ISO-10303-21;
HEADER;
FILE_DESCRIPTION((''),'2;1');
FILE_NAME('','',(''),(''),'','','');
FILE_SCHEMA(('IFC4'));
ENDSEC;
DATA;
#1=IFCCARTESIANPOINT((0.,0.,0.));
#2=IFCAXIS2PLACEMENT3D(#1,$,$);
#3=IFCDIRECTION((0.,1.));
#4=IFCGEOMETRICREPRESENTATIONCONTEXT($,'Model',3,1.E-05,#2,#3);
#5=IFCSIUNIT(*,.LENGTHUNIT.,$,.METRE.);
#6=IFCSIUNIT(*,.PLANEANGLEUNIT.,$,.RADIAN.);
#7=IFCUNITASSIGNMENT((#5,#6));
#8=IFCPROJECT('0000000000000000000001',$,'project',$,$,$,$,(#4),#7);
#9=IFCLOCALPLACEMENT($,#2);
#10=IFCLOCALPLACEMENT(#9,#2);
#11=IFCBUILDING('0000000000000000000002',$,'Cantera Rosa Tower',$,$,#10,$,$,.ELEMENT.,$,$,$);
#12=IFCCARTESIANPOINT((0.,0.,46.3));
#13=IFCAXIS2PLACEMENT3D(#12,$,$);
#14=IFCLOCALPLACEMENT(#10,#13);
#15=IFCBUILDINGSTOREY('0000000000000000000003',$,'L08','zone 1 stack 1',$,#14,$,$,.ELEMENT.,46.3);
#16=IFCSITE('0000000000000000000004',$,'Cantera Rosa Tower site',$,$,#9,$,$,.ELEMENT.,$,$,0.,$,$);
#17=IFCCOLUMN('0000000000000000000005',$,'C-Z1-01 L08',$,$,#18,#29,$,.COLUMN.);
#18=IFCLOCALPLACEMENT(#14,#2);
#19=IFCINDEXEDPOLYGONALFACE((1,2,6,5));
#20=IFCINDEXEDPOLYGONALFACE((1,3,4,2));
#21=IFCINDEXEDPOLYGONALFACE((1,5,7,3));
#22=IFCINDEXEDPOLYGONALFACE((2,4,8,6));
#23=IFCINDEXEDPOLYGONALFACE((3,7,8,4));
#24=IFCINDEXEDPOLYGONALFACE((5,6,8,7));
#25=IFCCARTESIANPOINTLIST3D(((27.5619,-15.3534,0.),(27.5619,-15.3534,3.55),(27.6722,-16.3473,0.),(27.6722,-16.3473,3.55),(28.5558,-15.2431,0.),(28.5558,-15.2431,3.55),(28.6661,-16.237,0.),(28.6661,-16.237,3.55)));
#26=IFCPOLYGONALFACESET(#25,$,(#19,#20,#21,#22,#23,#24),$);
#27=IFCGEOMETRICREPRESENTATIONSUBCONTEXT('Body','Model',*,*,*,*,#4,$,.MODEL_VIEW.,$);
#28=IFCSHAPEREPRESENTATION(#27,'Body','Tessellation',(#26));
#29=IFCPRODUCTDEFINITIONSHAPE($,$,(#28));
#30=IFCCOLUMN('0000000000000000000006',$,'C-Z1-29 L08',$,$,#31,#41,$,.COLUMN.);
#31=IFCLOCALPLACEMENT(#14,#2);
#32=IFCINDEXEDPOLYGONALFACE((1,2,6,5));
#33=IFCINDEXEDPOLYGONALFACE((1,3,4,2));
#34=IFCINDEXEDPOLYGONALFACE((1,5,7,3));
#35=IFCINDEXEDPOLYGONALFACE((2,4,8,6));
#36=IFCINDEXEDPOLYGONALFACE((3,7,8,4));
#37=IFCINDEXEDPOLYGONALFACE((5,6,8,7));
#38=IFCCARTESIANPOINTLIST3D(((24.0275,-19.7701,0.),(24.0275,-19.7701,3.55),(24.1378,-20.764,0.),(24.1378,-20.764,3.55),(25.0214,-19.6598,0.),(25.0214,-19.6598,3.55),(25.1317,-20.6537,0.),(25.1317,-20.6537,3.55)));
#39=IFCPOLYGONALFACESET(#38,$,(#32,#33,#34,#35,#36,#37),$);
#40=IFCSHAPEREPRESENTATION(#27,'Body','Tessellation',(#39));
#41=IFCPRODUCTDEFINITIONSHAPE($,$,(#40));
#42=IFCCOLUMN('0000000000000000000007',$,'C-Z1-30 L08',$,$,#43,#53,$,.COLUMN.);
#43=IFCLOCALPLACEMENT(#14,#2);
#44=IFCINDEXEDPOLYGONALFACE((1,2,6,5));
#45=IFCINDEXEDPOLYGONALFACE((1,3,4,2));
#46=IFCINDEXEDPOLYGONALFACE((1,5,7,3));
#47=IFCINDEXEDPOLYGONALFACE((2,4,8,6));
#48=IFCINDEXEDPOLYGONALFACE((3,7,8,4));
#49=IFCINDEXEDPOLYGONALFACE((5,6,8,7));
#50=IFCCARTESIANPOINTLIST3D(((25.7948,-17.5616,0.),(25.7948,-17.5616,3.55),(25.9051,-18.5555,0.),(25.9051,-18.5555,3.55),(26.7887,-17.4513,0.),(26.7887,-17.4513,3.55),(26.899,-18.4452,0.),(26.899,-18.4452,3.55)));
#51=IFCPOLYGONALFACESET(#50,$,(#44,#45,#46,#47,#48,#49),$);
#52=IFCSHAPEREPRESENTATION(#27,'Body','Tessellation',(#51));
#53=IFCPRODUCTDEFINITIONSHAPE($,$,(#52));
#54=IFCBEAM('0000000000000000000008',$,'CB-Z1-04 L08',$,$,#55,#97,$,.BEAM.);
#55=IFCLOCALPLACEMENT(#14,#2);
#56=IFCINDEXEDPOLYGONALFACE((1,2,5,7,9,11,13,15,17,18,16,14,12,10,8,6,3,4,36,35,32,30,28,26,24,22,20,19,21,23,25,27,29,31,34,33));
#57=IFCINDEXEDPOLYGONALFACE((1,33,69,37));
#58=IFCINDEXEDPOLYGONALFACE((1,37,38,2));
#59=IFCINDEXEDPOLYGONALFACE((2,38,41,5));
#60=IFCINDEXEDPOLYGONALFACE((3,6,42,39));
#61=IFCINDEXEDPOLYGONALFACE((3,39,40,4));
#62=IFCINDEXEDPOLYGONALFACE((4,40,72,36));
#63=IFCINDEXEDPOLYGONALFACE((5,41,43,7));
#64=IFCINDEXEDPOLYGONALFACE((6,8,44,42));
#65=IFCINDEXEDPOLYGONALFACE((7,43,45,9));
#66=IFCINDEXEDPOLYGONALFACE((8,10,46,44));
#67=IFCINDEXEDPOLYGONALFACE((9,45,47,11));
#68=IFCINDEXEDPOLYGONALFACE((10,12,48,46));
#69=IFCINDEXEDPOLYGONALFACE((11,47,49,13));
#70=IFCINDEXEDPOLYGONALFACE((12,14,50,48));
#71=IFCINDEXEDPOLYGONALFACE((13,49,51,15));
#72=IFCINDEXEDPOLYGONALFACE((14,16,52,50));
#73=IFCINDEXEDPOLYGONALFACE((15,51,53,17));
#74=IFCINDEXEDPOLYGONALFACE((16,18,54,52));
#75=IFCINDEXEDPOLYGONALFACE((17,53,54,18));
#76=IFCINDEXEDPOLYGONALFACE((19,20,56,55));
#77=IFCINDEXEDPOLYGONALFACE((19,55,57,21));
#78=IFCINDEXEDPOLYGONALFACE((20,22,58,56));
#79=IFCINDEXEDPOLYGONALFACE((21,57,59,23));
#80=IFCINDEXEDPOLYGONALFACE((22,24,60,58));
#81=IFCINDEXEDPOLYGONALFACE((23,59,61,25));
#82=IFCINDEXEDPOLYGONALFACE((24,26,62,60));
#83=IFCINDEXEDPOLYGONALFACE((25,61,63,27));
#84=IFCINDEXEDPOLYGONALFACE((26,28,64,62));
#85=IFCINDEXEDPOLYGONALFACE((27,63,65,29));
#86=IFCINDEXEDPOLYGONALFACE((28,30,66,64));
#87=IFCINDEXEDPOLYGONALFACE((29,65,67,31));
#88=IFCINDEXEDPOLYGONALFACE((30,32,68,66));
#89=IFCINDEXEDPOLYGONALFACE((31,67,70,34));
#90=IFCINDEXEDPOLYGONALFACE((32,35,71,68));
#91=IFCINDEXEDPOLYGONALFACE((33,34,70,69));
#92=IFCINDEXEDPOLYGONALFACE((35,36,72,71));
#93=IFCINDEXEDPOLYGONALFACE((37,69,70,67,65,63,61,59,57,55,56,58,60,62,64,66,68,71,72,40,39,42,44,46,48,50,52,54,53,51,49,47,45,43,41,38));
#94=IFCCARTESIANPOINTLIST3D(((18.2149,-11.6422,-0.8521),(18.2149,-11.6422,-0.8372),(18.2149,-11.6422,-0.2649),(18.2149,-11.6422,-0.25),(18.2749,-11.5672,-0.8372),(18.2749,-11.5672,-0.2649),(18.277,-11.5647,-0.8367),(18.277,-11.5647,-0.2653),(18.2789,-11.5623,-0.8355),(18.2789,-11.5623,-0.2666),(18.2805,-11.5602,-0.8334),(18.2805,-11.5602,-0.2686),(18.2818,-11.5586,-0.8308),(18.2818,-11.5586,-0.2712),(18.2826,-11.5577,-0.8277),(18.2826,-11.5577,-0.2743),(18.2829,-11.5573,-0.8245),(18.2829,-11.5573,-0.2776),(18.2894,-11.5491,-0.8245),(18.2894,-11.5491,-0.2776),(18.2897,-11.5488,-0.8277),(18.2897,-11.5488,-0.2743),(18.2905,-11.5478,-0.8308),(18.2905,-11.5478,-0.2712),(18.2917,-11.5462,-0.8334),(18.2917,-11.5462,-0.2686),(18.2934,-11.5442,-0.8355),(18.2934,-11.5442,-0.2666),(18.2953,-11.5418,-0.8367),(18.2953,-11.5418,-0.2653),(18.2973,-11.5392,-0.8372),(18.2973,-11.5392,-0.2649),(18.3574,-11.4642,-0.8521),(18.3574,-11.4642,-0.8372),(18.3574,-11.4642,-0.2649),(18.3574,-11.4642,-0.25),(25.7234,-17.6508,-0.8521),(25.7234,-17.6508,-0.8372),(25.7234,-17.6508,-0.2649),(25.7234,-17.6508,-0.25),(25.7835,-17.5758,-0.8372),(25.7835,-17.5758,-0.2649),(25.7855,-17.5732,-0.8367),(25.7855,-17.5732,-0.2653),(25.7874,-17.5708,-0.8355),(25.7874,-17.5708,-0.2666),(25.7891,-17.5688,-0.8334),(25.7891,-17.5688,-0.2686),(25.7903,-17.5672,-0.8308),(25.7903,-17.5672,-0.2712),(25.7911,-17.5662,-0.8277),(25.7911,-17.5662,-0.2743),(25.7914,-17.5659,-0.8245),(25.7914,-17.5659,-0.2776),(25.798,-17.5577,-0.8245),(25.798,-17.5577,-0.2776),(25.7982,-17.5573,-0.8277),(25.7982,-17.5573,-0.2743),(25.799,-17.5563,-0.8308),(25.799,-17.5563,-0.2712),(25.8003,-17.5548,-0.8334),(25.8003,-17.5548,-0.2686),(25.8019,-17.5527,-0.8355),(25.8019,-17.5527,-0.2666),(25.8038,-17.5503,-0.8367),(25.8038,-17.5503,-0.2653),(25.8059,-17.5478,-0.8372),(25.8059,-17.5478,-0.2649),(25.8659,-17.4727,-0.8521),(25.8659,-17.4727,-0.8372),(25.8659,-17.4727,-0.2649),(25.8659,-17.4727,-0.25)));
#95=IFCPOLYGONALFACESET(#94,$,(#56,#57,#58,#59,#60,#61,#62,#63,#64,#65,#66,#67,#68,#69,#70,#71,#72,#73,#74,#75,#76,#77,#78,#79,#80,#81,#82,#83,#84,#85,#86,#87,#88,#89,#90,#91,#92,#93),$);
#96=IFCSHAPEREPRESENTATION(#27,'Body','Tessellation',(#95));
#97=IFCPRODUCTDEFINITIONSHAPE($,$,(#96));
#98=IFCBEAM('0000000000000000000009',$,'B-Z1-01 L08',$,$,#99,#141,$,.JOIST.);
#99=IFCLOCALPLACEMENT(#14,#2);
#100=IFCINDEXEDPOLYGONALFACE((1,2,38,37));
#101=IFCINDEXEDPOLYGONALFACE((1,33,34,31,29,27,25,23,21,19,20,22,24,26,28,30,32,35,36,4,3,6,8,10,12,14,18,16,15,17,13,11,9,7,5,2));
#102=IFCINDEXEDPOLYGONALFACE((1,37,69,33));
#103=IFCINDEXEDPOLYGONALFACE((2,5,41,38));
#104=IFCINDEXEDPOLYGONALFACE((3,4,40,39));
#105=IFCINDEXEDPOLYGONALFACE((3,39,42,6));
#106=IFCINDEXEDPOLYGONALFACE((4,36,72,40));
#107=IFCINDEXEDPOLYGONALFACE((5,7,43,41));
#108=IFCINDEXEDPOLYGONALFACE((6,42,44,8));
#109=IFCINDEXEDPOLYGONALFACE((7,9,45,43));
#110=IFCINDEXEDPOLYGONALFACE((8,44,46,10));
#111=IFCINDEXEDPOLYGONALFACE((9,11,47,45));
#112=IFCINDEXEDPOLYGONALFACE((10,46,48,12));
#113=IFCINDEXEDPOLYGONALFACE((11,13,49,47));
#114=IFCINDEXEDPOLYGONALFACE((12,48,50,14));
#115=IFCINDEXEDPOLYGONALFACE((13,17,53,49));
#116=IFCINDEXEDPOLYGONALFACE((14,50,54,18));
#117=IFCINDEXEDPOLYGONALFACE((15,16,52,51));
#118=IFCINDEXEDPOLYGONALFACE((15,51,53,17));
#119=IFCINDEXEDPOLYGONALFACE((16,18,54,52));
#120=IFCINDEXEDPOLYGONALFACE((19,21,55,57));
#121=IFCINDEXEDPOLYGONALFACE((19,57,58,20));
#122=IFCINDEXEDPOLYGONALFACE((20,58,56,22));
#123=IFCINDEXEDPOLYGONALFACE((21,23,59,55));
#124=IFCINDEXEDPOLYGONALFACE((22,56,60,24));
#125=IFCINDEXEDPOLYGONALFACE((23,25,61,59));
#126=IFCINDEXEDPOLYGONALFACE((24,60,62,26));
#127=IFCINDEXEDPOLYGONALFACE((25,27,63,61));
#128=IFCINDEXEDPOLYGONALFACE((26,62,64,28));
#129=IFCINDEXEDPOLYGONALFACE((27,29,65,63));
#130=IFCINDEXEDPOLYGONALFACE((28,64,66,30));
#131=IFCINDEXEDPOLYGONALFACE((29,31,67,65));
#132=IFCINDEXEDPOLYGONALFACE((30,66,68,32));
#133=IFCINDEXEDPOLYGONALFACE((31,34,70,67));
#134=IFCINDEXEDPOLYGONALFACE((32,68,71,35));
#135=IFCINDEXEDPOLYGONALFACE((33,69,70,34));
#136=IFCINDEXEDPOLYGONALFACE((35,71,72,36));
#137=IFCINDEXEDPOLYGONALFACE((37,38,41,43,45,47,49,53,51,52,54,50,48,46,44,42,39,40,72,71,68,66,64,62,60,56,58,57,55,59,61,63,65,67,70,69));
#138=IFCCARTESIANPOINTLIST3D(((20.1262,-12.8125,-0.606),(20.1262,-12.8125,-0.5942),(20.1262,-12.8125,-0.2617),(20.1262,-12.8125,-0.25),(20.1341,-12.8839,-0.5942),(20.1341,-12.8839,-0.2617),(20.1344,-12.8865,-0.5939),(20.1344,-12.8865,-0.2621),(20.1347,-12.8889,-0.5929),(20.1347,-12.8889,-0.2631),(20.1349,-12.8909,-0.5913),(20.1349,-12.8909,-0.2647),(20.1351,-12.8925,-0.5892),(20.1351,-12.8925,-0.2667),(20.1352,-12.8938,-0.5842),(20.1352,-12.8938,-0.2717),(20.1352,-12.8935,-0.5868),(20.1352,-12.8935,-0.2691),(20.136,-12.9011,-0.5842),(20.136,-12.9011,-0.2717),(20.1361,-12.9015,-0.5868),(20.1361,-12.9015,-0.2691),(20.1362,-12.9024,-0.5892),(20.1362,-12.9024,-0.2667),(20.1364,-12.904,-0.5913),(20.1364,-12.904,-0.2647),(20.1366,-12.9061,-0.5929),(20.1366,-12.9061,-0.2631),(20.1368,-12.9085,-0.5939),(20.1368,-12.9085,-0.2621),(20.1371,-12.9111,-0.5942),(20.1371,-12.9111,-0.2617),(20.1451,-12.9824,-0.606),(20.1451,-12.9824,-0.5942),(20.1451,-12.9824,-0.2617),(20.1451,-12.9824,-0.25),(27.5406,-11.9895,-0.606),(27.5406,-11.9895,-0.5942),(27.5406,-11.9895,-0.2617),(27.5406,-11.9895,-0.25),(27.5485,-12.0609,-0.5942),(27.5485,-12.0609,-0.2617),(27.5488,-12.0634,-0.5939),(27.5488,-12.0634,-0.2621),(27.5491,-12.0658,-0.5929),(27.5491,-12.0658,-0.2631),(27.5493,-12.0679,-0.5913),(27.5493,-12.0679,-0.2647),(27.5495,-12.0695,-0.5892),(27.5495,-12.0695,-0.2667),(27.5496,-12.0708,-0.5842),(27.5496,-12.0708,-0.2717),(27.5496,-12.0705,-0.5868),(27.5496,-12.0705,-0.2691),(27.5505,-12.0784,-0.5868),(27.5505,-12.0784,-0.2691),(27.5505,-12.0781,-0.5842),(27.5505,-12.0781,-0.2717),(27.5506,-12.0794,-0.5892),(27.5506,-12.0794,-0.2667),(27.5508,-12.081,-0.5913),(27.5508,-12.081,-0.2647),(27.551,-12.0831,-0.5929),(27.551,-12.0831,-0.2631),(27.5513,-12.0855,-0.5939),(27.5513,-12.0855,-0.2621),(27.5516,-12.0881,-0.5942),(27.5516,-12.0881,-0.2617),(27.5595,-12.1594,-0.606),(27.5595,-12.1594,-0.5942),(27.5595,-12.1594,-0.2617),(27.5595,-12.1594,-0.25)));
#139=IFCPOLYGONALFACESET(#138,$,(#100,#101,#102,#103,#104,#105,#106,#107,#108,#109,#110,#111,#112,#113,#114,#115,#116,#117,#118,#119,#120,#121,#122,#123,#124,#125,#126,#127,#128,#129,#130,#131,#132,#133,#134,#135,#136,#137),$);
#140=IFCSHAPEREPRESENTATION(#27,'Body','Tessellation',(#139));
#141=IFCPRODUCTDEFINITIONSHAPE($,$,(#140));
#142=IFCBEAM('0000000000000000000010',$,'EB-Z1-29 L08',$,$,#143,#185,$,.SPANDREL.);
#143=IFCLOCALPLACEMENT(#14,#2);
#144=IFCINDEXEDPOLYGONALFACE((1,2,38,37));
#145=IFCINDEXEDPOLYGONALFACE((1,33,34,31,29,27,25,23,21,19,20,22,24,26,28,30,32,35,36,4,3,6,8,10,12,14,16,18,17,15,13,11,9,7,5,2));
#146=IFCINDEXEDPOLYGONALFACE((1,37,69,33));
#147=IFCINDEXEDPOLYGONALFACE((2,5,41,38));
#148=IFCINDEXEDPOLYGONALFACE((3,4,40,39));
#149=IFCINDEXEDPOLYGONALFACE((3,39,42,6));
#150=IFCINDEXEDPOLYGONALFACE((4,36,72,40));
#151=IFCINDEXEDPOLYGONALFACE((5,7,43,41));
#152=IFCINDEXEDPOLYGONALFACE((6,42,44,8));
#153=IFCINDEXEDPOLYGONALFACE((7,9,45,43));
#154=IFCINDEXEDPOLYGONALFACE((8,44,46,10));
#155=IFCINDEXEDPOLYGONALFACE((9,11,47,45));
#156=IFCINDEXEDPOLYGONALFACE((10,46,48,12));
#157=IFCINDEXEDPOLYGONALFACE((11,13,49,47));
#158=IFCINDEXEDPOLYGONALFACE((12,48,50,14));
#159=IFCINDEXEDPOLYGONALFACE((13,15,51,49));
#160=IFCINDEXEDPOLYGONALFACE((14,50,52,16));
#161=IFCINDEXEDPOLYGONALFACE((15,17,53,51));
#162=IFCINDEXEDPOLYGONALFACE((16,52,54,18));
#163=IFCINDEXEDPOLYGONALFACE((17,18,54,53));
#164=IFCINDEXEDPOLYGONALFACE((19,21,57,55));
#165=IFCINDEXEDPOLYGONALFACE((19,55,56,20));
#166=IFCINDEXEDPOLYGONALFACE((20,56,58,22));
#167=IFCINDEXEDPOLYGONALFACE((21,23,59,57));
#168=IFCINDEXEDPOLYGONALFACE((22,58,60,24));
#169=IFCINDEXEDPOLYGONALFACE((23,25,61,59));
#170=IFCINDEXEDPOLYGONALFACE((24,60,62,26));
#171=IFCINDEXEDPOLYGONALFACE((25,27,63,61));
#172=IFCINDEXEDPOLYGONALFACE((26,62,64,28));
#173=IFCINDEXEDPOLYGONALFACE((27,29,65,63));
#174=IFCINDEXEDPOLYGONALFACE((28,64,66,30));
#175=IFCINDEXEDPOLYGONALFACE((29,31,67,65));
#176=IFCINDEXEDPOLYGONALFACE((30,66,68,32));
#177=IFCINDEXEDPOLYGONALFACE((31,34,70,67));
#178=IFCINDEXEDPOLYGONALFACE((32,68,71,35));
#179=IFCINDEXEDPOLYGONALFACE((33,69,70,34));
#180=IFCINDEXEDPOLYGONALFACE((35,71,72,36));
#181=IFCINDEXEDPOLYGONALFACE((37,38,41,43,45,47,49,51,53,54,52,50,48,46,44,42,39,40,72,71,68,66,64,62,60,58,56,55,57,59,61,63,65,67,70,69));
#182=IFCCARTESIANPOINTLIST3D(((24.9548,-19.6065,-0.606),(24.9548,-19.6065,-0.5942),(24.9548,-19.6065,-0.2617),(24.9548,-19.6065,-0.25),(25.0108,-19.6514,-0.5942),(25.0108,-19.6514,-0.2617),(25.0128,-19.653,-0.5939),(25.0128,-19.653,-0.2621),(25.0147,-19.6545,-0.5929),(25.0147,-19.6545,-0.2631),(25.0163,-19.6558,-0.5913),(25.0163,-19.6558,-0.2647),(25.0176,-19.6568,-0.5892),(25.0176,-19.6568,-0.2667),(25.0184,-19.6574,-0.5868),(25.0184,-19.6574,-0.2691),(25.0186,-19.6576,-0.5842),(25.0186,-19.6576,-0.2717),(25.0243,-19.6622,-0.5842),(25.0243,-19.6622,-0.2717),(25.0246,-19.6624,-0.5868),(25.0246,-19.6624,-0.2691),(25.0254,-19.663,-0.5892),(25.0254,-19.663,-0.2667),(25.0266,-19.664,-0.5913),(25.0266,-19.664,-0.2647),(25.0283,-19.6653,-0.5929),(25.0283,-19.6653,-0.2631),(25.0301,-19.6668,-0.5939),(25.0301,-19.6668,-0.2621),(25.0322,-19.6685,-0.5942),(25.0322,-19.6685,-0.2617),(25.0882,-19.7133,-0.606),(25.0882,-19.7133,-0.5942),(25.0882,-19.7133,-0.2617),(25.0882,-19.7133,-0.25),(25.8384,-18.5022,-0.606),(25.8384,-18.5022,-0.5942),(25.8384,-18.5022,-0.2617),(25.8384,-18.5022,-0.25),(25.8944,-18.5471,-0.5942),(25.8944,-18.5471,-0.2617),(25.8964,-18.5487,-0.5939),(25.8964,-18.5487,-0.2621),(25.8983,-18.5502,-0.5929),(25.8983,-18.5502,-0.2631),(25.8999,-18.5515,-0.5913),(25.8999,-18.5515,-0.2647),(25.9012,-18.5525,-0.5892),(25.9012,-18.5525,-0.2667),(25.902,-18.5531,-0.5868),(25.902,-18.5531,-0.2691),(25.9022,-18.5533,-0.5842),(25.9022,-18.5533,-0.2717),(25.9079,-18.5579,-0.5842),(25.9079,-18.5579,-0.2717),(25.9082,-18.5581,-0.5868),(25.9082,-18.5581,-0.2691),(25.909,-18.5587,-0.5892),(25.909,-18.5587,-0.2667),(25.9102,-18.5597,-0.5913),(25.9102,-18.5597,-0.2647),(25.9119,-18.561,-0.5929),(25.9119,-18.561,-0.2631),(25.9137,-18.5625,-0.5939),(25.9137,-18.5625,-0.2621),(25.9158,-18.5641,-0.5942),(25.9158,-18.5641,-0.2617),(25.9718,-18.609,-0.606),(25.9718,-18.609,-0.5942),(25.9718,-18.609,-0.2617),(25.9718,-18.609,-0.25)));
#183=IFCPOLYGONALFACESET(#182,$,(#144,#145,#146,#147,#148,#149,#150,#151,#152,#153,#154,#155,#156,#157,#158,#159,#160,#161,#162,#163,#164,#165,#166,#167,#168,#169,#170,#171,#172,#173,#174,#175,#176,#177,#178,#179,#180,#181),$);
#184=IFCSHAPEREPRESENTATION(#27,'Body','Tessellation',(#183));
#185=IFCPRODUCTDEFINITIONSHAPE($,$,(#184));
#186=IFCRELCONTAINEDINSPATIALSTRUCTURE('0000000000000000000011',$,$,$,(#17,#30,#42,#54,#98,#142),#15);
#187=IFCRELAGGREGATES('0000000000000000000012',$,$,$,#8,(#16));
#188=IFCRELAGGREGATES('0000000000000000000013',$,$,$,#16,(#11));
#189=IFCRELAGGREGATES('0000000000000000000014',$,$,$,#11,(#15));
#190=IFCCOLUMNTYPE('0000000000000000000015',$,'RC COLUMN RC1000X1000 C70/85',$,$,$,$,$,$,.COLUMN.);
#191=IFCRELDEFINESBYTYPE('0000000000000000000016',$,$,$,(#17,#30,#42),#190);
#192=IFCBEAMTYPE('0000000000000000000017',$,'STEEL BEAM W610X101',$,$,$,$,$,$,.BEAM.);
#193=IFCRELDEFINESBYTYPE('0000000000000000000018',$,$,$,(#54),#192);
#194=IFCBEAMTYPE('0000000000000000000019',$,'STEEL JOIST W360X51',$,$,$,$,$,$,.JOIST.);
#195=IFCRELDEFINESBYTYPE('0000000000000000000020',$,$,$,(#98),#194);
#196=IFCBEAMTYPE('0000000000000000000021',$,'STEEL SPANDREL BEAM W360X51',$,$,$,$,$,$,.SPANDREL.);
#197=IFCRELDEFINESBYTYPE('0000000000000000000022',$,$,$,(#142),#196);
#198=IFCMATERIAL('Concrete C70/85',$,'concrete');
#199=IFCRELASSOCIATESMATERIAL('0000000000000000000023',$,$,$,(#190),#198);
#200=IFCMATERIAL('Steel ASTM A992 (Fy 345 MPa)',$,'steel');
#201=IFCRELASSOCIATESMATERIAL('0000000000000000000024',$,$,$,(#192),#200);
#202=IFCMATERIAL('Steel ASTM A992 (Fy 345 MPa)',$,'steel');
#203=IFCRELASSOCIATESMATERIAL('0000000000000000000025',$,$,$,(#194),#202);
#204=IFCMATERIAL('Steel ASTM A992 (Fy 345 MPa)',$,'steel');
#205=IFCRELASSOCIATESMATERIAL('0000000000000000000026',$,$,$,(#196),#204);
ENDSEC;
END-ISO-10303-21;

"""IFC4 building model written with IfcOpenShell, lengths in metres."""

from ifc_helpers import new_model, si_unit, direction, frame, origin, origin_2d, place, context, subcontext, project, spatial, rectangle, i_section, extrude, material, material_profile, profile_set, type_object, element, save


model = new_model("IFC4")

# Units and contexts
model_context = context("Model", 3, precision=1e-05, world=origin(), true_north=direction((0.0, 1.0)))
body_context = subcontext(model_context, "Body", "Model", "MODEL_VIEW")
ifc_project = project(units=[si_unit("LENGTHUNIT", "METRE"), si_unit("PLANEANGLEUNIT", "RADIAN")], contexts=[model_context])

# Site, building, storey
site_placement = place(None, origin())
site = spatial("IfcSite", under=ifc_project, at=site_placement, Name="Cantera Rosa Tower site", CompositionType="ELEMENT", RefElevation=0.0)
building_placement = place(site_placement, origin())
building = spatial("IfcBuilding", under=site, at=building_placement, Name="Cantera Rosa Tower", CompositionType="ELEMENT")
storey_placement = place(building_placement, frame((0.0, 0.0, 46.3)))
storey = spatial("IfcBuildingStorey", under=building, at=storey_placement, Name="L08", Description="zone 1 stack 1", CompositionType="ELEMENT", Elevation=46.3)

# Columns
ifc_material_1 = material(Name="Concrete C70/85", Category="concrete")
ifc_material_profile_1 = material_profile(ifc_material_1, rectangle(XDim=1.0, YDim=1.0, at=origin_2d()), Name="RC COLUMN RC1000X1000 C70/85")
ifc_profile_set_1 = profile_set([ifc_material_profile_1], Name="Concrete C70/85")
column_type = type_object("IfcColumnType", Name="RC COLUMN RC1000X1000 C70/85", PredefinedType="COLUMN", material=ifc_profile_set_1)
for number, where, z_axis, x_axis, name in (
    (1, (28.114, -15.7952, 0.0), (0.0, 0.0, 1.0), (0.993897, 0.110313, 0.0), "C-Z1-01 L08"),
    (2, (24.5796, -20.2119, 0.0), (0.0, 0.0, 1.0), (0.993897, 0.110313, 0.0), "C-Z1-29 L08"),
    (3, (26.3469, -18.0034, 0.0), (0.0, 0.0, 1.0), (0.993897, 0.110313, 0.0), "C-Z1-30 L08"),
):
    element("IfcColumn", number, at=place(storey_placement, frame(where, z_axis=z_axis, x_axis=x_axis)), inside=storey, type_object=column_type, Name=name, PredefinedType="COLUMN", context=body_context, shape_type="SweptSolid", body=[
        extrude(rectangle(XDim=1.0, YDim=1.0, at=origin_2d()), origin(), (0.0, 0.0, 1.0), 3.55),
    ])

# Beams
ifc_material_2 = material(Name="Steel ASTM A992 (Fy 345 MPa)", Category="steel")
ifc_material_profile_2 = material_profile(ifc_material_2, i_section(OverallWidth=0.228, OverallDepth=0.6021, WebThickness=0.0105, FlangeThickness=0.0149, FilletRadius=0.0127, at=origin_2d()), Name="W610X101")
ifc_profile_set_2 = profile_set([ifc_material_profile_2], Name="Steel ASTM A992 (Fy 345 MPa)")
beam_type_1 = type_object("IfcBeamType", Name="STEEL BEAM W610X101", PredefinedType="BEAM", material=ifc_profile_set_2)
beam_1_placement = place(storey_placement, frame((25.7947, -17.5618, -0.551), z_axis=(-0.780782, 0.624803, 0.0), x_axis=(-0.624803, -0.780782, 0.0)))
element("IfcBeam", 4, at=beam_1_placement, inside=storey, type_object=beam_type_1, Name="CB-Z1-04 L08", PredefinedType="BEAM", context=body_context, shape_type="SweptSolid", body=[
    extrude(i_section(OverallWidth=0.228, OverallDepth=0.6021, WebThickness=0.0105, FlangeThickness=0.0149, FilletRadius=0.0127, at=origin_2d()), origin(), (0.0, 0.0, 1.0), 9.6167),
])
ifc_material_3 = material(Name="Steel ASTM A992 (Fy 345 MPa)", Category="steel")
ifc_material_profile_3 = material_profile(ifc_material_3, i_section(OverallWidth=0.1709, OverallDepth=0.356, WebThickness=0.0073, FlangeThickness=0.0117, FilletRadius=0.01, at=origin_2d()), Name="W360X51")
ifc_profile_set_3 = profile_set([ifc_material_profile_3], Name="Steel ASTM A992 (Fy 345 MPa)")
beam_type_2 = type_object("IfcBeamType", Name="STEEL JOIST W360X51", PredefinedType="JOIST", material=ifc_profile_set_3)
beam_2_placement = place(storey_placement, frame((27.55, -12.0745, -0.428), z_axis=(-0.993896, -0.110324, 0.0), x_axis=(0.110324, -0.993896, 0.0)))
element("IfcBeam", 5, at=beam_2_placement, inside=storey, type_object=beam_type_2, Name="B-Z1-01 L08", PredefinedType="JOIST", context=body_context, shape_type="SweptSolid", body=[
    extrude(i_section(OverallWidth=0.1709, OverallDepth=0.356, WebThickness=0.0073, FlangeThickness=0.0117, FilletRadius=0.01, at=origin_2d()), origin(), (0.0, 0.0, 1.0), 7.46),
])
ifc_material_4 = material(Name="Steel ASTM A992 (Fy 345 MPa)", Category="steel")
ifc_material_profile_4 = material_profile(ifc_material_4, i_section(OverallWidth=0.1709, OverallDepth=0.356, WebThickness=0.0073, FlangeThickness=0.0117, FilletRadius=0.01, at=origin_2d()), Name="W360X51")
ifc_profile_set_4 = profile_set([ifc_material_profile_4], Name="Steel ASTM A992 (Fy 345 MPa)")
beam_type_3 = type_object("IfcBeamType", Name="STEEL SPANDREL BEAM W360X51", PredefinedType="SPANDREL", material=ifc_profile_set_4)
for number, where, z_axis, x_axis, name in (
    (6, (25.0215, -19.6599, -0.428), (0.624758, 0.780818, 0.0), (-0.780818, 0.624758, 0.0), "EB-Z1-29 L08"),
):
    element("IfcBeam", number, at=place(storey_placement, frame(where, z_axis=z_axis, x_axis=x_axis)), inside=storey, type_object=beam_type_3, Name=name, PredefinedType="SPANDREL", context=body_context, shape_type="SweptSolid", body=[
        extrude(i_section(OverallWidth=0.1709, OverallDepth=0.356, WebThickness=0.0073, FlangeThickness=0.0117, FilletRadius=0.01, at=origin_2d()), origin(), (0.0, 0.0, 1.0), 1.4143),
    ])

save(model, "model.ifc")
